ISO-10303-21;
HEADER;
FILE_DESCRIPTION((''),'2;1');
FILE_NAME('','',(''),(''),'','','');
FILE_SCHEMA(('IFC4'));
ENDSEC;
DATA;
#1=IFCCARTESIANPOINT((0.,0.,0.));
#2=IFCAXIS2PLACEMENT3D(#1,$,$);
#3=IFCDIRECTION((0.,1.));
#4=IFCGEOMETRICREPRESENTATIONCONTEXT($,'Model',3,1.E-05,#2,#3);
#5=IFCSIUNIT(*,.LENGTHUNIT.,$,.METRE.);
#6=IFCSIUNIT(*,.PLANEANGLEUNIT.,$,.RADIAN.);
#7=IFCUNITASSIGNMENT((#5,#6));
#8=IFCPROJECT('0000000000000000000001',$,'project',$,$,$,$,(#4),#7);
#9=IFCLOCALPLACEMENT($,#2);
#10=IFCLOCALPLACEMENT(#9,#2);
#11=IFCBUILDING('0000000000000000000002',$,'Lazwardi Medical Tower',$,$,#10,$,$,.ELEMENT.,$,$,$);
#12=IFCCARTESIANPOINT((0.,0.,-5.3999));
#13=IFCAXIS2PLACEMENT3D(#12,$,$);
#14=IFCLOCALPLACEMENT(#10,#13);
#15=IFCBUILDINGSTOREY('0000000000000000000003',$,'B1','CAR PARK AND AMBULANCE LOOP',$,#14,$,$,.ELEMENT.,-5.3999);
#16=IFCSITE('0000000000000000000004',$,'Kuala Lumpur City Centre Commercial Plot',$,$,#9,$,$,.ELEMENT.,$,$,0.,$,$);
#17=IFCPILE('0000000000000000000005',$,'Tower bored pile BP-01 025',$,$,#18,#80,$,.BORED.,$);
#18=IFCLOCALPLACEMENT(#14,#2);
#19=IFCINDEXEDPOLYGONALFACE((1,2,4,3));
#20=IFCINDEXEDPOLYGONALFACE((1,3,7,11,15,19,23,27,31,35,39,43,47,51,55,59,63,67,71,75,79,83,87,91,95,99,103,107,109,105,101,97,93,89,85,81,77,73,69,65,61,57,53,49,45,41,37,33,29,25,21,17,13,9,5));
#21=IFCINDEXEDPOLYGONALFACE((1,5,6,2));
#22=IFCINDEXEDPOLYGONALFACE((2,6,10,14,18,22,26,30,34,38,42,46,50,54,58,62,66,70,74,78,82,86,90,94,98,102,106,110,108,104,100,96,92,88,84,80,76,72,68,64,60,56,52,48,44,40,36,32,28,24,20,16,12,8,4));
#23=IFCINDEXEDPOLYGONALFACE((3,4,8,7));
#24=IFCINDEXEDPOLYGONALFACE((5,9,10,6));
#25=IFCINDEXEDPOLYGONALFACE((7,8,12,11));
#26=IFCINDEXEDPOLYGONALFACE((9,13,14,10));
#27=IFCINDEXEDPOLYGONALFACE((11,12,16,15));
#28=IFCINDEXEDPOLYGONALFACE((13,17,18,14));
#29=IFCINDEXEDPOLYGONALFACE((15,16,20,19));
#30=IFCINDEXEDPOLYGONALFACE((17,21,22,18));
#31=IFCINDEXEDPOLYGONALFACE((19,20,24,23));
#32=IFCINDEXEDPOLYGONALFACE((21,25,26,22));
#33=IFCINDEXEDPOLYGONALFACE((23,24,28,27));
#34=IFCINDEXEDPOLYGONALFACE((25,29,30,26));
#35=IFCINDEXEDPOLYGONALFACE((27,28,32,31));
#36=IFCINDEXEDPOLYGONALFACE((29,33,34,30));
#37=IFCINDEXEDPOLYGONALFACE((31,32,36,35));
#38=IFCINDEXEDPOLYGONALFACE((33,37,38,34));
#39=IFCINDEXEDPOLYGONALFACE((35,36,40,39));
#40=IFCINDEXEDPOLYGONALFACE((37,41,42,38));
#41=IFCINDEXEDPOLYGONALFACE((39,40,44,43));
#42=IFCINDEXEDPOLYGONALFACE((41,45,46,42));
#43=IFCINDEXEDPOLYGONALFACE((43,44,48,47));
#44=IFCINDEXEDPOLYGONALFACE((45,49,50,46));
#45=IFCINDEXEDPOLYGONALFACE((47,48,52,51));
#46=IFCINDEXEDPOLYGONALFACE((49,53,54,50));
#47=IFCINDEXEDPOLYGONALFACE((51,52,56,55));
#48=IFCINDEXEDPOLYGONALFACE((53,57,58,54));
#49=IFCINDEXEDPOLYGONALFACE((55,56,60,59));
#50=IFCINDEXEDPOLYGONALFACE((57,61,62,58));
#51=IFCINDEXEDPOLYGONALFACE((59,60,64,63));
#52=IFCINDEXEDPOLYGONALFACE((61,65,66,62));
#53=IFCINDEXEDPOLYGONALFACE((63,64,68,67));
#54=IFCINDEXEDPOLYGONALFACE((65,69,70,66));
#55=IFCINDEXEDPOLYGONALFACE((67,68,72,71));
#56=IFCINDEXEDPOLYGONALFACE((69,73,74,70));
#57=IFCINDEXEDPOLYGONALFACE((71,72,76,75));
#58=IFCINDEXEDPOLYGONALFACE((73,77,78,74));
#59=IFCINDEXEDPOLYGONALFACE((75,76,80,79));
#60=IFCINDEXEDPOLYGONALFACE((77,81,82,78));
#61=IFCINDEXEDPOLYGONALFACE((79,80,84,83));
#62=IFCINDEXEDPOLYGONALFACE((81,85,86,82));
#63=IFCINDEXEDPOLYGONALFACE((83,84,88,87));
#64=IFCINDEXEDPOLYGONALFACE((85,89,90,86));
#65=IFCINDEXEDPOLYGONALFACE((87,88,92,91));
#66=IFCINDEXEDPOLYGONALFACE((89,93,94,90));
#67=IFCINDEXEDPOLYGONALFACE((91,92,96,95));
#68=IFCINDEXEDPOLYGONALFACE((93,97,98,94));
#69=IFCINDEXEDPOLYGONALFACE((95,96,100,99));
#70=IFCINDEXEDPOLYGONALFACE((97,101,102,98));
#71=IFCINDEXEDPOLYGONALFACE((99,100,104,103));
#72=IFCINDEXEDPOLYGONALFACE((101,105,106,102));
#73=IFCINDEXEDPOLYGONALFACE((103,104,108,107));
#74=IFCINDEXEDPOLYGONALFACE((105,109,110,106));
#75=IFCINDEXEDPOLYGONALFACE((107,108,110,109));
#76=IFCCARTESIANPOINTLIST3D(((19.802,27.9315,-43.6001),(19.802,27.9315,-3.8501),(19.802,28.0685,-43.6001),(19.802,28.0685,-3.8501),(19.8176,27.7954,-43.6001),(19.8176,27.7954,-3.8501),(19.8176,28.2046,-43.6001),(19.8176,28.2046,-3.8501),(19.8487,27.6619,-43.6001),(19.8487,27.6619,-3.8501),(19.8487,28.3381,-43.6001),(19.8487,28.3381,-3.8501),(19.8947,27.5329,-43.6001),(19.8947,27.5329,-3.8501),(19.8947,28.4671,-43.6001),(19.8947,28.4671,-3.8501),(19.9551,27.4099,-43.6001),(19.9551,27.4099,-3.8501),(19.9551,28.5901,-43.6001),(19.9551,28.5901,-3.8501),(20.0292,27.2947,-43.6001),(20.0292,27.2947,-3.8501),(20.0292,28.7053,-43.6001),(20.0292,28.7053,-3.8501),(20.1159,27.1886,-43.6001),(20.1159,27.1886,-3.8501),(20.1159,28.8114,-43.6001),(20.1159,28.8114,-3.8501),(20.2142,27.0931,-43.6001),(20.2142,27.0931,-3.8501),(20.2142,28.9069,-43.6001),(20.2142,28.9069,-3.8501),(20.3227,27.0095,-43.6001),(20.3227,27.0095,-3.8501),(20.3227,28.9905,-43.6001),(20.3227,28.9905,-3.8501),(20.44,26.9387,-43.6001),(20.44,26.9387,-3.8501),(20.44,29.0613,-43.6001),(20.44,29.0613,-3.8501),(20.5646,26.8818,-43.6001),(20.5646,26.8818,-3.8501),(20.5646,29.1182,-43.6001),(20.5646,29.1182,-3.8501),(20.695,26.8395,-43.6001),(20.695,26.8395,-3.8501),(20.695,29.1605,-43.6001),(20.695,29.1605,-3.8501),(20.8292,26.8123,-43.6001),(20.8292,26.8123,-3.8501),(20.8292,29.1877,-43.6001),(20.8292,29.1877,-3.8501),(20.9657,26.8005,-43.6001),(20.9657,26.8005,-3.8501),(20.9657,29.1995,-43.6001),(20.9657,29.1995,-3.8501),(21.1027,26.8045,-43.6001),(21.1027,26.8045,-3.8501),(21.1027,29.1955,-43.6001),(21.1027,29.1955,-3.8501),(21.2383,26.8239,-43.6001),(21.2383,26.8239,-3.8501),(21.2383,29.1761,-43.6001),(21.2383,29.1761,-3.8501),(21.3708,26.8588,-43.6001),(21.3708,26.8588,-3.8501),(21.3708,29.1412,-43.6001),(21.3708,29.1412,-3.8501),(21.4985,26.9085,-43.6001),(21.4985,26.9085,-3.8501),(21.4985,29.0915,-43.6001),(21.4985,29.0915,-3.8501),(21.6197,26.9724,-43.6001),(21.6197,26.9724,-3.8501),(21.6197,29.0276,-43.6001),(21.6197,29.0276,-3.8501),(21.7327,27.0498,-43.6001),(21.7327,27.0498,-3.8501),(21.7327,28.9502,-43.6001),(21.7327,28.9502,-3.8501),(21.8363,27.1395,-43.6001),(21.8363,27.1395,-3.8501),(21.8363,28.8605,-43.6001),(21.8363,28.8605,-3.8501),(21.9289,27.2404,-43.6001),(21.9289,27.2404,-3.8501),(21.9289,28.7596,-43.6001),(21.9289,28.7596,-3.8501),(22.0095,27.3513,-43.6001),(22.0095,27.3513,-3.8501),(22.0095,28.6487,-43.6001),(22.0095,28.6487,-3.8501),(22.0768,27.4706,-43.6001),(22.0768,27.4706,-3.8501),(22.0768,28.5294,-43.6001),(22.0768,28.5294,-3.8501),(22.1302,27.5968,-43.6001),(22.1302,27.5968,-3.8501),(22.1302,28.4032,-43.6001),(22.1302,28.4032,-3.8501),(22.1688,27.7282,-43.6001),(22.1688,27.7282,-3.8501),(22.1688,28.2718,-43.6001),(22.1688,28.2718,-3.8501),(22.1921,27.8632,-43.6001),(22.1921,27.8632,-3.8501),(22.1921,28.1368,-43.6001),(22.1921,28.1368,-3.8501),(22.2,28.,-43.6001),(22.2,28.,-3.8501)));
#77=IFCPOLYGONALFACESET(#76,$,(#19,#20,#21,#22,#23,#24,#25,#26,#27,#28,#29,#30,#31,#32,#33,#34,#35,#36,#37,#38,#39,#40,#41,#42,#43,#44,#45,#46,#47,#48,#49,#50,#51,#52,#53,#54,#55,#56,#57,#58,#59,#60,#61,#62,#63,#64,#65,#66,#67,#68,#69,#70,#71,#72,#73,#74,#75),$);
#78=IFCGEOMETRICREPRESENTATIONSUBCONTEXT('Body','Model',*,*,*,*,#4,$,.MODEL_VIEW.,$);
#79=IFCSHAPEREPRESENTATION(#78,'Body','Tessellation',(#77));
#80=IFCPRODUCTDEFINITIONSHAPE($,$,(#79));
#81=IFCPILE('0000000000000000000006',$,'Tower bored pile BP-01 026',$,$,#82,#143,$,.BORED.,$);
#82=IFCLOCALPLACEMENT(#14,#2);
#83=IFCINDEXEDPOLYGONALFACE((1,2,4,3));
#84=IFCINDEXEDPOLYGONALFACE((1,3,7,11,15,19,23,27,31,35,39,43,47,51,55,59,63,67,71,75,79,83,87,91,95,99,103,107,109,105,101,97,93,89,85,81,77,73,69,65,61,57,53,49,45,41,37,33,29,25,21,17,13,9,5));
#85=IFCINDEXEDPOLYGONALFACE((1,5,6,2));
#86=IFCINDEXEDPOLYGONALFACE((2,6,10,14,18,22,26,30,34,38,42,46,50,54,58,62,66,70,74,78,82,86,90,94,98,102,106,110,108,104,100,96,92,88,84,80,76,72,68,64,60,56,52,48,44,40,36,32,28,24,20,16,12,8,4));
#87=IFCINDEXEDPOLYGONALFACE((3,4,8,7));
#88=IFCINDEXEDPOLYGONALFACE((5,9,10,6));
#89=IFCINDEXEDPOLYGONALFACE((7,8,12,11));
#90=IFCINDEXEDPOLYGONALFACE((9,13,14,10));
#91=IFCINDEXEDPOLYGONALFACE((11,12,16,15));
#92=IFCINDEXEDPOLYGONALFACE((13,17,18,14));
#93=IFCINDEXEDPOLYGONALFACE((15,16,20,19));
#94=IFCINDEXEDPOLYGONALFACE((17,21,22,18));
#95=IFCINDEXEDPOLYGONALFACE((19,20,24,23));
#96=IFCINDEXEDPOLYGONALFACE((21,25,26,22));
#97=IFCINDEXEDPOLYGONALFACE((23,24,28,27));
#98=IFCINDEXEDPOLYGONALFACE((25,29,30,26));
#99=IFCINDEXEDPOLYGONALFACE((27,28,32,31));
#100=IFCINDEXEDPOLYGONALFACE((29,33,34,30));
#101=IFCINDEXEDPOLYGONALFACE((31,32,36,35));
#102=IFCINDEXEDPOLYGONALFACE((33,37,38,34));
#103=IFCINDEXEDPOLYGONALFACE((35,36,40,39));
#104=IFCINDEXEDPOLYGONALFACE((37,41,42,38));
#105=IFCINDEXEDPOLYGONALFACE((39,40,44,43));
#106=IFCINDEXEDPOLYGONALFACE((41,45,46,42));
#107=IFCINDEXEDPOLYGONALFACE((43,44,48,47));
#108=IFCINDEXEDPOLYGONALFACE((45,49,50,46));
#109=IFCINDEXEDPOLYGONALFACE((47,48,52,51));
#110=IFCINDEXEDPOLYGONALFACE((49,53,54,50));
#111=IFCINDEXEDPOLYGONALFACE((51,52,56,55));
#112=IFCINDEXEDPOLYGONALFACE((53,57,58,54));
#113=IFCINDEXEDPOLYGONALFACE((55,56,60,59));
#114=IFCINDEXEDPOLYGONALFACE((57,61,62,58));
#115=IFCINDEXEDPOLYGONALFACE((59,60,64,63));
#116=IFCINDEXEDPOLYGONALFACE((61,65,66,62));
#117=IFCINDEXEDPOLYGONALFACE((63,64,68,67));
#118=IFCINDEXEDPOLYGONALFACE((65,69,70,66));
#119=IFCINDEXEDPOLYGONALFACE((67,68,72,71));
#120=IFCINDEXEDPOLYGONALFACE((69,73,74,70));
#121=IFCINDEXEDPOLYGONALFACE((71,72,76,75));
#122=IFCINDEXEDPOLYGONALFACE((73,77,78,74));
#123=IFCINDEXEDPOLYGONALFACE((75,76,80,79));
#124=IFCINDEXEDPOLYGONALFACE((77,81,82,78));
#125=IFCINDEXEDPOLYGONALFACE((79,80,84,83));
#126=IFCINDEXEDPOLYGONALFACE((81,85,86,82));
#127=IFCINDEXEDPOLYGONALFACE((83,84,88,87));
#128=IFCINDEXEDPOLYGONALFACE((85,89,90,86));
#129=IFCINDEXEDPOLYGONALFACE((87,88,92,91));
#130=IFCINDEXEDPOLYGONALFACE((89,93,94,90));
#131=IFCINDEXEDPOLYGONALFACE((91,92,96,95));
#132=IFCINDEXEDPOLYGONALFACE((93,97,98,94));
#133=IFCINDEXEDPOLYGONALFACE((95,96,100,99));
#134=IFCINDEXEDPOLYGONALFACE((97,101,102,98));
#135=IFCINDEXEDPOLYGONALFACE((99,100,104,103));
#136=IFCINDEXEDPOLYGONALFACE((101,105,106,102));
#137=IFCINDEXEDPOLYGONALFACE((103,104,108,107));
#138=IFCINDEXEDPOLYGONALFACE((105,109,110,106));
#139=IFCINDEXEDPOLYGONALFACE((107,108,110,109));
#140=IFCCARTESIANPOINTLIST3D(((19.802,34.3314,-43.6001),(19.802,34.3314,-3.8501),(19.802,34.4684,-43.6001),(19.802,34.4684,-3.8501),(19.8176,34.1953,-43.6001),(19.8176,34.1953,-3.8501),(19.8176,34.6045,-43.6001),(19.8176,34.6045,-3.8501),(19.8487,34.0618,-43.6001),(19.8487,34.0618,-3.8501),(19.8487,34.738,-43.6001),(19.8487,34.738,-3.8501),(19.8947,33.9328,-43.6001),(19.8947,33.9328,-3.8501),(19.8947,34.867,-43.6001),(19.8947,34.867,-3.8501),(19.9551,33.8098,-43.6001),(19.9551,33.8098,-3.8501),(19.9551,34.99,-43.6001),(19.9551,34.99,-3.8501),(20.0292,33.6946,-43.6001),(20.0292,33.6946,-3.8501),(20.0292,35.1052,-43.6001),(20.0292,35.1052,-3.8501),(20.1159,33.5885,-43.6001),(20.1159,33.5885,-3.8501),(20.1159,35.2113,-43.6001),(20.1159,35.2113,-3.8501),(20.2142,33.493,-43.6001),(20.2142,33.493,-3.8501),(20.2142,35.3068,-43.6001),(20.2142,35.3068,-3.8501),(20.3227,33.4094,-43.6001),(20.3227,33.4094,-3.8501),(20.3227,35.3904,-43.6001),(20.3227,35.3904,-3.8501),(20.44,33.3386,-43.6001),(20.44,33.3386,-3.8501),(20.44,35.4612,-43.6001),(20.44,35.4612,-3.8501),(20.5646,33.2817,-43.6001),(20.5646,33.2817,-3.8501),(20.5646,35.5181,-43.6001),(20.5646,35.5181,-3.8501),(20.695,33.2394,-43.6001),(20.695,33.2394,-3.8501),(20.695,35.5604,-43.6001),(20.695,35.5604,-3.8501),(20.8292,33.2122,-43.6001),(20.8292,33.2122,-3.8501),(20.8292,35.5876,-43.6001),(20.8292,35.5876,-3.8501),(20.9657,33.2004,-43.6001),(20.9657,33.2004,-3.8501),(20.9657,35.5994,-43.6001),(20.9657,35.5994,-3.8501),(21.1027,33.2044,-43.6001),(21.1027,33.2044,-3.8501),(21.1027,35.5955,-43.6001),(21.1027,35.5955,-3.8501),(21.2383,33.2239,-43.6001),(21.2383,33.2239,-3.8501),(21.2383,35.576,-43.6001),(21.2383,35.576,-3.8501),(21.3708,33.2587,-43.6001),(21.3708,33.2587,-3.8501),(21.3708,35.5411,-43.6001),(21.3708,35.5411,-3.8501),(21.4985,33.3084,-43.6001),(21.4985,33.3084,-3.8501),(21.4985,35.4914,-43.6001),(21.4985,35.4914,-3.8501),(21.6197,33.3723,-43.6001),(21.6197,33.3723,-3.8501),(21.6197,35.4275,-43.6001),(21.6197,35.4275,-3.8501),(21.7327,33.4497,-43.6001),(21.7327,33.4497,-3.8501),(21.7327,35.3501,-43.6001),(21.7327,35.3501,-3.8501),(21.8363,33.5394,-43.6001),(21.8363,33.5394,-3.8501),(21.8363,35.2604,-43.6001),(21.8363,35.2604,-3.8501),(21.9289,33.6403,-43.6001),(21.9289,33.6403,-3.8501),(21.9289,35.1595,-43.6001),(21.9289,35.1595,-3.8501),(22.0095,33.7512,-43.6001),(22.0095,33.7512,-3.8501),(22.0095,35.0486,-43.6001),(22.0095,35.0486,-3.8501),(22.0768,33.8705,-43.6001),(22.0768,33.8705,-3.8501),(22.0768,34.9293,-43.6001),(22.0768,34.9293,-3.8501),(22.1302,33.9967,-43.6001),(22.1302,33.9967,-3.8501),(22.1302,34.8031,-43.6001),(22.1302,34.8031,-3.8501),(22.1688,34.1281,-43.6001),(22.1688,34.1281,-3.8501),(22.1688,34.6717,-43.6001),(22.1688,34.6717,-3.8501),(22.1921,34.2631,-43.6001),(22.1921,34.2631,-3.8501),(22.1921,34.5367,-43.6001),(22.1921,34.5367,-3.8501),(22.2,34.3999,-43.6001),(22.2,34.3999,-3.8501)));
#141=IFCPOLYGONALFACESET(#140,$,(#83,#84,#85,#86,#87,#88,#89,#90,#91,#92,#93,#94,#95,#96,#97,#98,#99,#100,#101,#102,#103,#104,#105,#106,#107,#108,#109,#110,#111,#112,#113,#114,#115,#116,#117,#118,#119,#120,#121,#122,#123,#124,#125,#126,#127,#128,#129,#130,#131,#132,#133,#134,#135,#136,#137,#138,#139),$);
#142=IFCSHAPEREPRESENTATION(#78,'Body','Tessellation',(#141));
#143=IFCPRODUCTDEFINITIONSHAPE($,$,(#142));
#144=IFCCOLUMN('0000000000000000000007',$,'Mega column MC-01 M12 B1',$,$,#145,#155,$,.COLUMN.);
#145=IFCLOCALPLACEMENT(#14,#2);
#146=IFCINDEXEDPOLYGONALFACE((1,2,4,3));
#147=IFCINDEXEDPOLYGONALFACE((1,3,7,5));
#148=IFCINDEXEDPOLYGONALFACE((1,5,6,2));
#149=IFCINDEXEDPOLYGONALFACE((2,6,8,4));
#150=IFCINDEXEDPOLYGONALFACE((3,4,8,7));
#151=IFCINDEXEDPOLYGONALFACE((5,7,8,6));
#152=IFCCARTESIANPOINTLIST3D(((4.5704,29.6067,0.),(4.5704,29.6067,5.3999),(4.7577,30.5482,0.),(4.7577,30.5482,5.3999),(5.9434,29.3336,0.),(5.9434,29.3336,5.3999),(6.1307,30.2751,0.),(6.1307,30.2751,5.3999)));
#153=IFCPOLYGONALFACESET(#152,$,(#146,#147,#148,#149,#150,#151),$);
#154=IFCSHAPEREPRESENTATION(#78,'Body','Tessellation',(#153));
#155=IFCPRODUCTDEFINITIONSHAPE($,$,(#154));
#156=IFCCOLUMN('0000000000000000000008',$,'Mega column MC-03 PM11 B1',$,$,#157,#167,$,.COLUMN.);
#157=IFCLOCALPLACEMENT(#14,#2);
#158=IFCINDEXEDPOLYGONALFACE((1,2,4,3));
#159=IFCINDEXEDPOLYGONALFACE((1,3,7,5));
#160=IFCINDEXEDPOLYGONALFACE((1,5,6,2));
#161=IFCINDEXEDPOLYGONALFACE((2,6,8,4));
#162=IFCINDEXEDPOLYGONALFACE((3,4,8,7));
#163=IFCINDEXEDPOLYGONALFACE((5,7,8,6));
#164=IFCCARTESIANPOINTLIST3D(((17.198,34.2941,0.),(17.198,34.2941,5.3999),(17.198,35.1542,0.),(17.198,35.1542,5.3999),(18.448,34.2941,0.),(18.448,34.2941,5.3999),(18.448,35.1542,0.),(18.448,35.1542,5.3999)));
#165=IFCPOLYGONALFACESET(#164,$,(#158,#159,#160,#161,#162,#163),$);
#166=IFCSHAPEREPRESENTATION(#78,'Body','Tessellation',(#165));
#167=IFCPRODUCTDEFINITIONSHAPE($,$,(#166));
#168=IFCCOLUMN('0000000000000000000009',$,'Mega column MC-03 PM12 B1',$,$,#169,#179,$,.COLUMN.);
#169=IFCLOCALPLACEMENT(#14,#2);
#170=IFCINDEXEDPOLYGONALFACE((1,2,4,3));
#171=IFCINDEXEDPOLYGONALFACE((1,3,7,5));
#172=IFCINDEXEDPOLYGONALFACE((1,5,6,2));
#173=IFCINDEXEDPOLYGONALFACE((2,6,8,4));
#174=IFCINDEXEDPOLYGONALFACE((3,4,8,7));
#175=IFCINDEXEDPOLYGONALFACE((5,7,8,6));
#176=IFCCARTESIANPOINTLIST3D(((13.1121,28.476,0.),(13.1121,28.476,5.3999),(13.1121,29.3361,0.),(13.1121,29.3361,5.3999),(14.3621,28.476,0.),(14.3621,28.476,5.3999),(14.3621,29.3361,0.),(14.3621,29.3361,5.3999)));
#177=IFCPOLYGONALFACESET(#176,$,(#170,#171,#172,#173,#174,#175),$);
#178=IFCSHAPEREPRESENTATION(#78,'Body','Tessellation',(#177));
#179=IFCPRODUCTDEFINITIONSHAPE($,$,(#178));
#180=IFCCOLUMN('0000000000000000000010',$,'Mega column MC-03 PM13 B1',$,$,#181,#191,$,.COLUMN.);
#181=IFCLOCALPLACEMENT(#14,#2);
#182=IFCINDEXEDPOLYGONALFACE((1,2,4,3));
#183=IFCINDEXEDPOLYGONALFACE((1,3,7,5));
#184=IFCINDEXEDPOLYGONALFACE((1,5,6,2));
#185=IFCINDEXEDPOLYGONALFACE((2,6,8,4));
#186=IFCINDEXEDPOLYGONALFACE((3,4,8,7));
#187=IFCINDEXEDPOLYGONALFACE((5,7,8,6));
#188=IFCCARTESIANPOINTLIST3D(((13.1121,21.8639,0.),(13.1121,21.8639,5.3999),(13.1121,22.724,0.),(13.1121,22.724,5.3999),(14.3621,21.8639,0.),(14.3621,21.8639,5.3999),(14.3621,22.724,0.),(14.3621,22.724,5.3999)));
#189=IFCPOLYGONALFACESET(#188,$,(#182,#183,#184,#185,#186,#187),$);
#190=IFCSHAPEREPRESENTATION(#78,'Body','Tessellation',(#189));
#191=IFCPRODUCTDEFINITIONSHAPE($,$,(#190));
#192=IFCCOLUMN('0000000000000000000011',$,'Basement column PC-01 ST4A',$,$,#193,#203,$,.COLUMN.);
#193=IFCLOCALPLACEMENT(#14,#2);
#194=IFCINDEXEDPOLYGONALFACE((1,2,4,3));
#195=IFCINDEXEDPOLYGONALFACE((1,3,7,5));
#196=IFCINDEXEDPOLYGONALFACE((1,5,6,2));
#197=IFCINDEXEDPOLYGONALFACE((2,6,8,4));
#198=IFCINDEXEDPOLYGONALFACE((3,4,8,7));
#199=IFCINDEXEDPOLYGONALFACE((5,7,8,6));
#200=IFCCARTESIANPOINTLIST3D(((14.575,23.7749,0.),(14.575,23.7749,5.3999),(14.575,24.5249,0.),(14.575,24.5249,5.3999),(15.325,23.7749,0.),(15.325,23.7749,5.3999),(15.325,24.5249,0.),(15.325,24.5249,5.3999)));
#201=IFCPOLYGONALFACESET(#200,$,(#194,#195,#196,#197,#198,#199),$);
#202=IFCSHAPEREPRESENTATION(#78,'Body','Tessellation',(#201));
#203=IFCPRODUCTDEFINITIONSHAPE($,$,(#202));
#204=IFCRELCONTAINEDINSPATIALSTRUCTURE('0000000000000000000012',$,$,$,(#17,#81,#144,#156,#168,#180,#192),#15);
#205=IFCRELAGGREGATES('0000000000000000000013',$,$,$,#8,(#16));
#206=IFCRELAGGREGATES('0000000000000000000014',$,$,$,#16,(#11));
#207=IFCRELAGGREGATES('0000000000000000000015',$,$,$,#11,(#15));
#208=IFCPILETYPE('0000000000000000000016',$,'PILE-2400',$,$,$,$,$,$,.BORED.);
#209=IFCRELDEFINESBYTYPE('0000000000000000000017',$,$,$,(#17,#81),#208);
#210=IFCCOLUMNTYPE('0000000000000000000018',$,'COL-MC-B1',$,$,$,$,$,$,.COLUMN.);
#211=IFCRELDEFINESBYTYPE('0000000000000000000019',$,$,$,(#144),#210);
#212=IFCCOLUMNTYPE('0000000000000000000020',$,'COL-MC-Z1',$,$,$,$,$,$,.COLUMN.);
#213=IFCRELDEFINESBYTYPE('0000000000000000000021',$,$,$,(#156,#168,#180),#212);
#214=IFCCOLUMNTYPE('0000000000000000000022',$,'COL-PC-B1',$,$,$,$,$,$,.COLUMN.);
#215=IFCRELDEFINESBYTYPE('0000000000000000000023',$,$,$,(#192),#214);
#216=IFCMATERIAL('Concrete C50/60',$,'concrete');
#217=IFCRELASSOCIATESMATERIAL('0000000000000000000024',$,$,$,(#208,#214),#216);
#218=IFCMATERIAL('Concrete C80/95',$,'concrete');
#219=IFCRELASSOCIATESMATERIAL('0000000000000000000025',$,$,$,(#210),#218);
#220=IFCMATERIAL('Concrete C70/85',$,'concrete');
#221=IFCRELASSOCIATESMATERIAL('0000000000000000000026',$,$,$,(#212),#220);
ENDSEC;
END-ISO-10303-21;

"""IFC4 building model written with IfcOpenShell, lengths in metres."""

from ifc_helpers import new_model, si_unit, direction, frame, origin, origin_2d, place, context, subcontext, project, spatial, rectangle, circle, extrude, material, material_profile, profile_set, type_object, element, save


model = new_model("IFC4")

# Units and contexts
model_context = context("Model", 3, precision=1e-05, world=origin(), true_north=direction((0.0, 1.0)))
body_context = subcontext(model_context, "Body", "Model", "MODEL_VIEW")
ifc_project = project(units=[si_unit("LENGTHUNIT", "METRE"), si_unit("PLANEANGLEUNIT", "RADIAN")], contexts=[model_context])

# Site, building, storey
site_placement = place(None, origin())
site = spatial("IfcSite", under=ifc_project, at=site_placement, Name="Kuala Lumpur City Centre Commercial Plot", CompositionType="ELEMENT", RefElevation=0.0)
building_placement = place(site_placement, origin())
building = spatial("IfcBuilding", under=site, at=building_placement, Name="Lazwardi Medical Tower", CompositionType="ELEMENT")
storey_placement = place(building_placement, frame((0.0, 0.0, -5.3999)))
storey = spatial("IfcBuildingStorey", under=building, at=storey_placement, Name="B1", Description="CAR PARK AND AMBULANCE LOOP", CompositionType="ELEMENT", Elevation=-5.3999)

# Piles
ifc_material_1 = material(Name="Concrete C50/60", Category="concrete")
ifc_material_profile_1 = material_profile(ifc_material_1, circle(Radius=1.2, at=origin_2d()), Name="BORED PILE D2400")
ifc_profile_set_1 = profile_set([ifc_material_profile_1], Name="Concrete C50/60")
pile_type = type_object("IfcPileType", Name="PILE-2400", PredefinedType="BORED", material=ifc_profile_set_1)
for number, where, z_axis, x_axis, name in (
    (1, (21.0, 28.0, -3.8501), (0.0, 0.0, -1.0), (1.0, 0.0, 0.0), "Tower bored pile BP-01 025"),
    (2, (21.0, 34.3999, -3.8501), (0.0, 0.0, -1.0), (1.0, 0.0, 0.0), "Tower bored pile BP-01 026"),
):
    element("IfcPile", number, at=place(storey_placement, frame(where, z_axis=z_axis, x_axis=x_axis)), inside=storey, type_object=pile_type, Name=name, PredefinedType="BORED", context=body_context, shape_type="SweptSolid", body=[
        extrude(circle(Radius=1.2, at=origin_2d()), origin(), (0.0, 0.0, 1.0), 39.75),
    ])

# Columns
ifc_material_2 = material(Name="Concrete C80/95", Category="concrete")
ifc_material_profile_2 = material_profile(ifc_material_2, rectangle(XDim=1.3999, YDim=0.96, at=origin_2d()), Name="CFT-RECT 1400x960")
ifc_profile_set_2 = profile_set([ifc_material_profile_2], Name="Concrete C80/95")
column_type_1 = type_object("IfcColumnType", Name="COL-MC-B1", PredefinedType="COLUMN", material=ifc_profile_set_2)
column_placement = place(storey_placement, frame((5.3506, 29.9409, 0.0), z_axis=(0.0, 0.0, 1.0), x_axis=(-0.980785, 0.19509, 0.0)))
element("IfcColumn", 3, at=column_placement, inside=storey, type_object=column_type_1, Name="Mega column MC-01 M12 B1", PredefinedType="COLUMN", context=body_context, shape_type="SweptSolid", body=[
    extrude(rectangle(XDim=1.3999, YDim=0.96, at=origin_2d()), origin(), (0.0, 0.0, 1.0), 5.3999),
])
ifc_material_3 = material(Name="Concrete C70/85", Category="concrete")
ifc_material_profile_3 = material_profile(ifc_material_3, rectangle(XDim=1.25, YDim=0.8601, at=origin_2d()), Name="CFT-RECT 1250x860")
ifc_profile_set_3 = profile_set([ifc_material_profile_3], Name="Concrete C70/85")
column_type_2 = type_object("IfcColumnType", Name="COL-MC-Z1", PredefinedType="COLUMN", material=ifc_profile_set_3)
for number, where, z_axis, x_axis, name in (
    (4, (17.823, 34.7241, 0.0), (0.0, 0.0, 1.0), (1.0, 0.0, 0.0), "Mega column MC-03 PM11 B1"),
    (5, (13.7371, 28.906, 0.0), (0.0, 0.0, 1.0), (1.0, 0.0, 0.0), "Mega column MC-03 PM12 B1"),
    (6, (13.7371, 22.2939, 0.0), (0.0, 0.0, 1.0), (1.0, 0.0, 0.0), "Mega column MC-03 PM13 B1"),
):
    element("IfcColumn", number, at=place(storey_placement, frame(where, z_axis=z_axis, x_axis=x_axis)), inside=storey, type_object=column_type_2, Name=name, PredefinedType="COLUMN", context=body_context, shape_type="SweptSolid", body=[
        extrude(rectangle(XDim=1.25, YDim=0.8601, at=origin_2d()), origin(), (0.0, 0.0, 1.0), 5.3999),
    ])
ifc_material_profile_4 = material_profile(ifc_material_1, rectangle(XDim=0.75, YDim=0.75, at=origin_2d()), Name="RC 750x750")
ifc_profile_set_4 = profile_set([ifc_material_profile_4], Name="Concrete C50/60")
column_type_3 = type_object("IfcColumnType", Name="COL-PC-B1", PredefinedType="COLUMN", material=ifc_profile_set_4)
for number, where, z_axis, x_axis, name in (
    (7, (14.95, 24.1499, 0.0), (0.0, 0.0, 1.0), (1.0, 0.0, 0.0), "Basement column PC-01 ST4A"),
):
    element("IfcColumn", number, at=place(storey_placement, frame(where, z_axis=z_axis, x_axis=x_axis)), inside=storey, type_object=column_type_3, Name=name, PredefinedType="COLUMN", context=body_context, shape_type="SweptSolid", body=[
        extrude(rectangle(XDim=0.75, YDim=0.75, at=origin_2d()), origin(), (0.0, 0.0, 1.0), 5.3999),
    ])

save(model, "model.ifc")
